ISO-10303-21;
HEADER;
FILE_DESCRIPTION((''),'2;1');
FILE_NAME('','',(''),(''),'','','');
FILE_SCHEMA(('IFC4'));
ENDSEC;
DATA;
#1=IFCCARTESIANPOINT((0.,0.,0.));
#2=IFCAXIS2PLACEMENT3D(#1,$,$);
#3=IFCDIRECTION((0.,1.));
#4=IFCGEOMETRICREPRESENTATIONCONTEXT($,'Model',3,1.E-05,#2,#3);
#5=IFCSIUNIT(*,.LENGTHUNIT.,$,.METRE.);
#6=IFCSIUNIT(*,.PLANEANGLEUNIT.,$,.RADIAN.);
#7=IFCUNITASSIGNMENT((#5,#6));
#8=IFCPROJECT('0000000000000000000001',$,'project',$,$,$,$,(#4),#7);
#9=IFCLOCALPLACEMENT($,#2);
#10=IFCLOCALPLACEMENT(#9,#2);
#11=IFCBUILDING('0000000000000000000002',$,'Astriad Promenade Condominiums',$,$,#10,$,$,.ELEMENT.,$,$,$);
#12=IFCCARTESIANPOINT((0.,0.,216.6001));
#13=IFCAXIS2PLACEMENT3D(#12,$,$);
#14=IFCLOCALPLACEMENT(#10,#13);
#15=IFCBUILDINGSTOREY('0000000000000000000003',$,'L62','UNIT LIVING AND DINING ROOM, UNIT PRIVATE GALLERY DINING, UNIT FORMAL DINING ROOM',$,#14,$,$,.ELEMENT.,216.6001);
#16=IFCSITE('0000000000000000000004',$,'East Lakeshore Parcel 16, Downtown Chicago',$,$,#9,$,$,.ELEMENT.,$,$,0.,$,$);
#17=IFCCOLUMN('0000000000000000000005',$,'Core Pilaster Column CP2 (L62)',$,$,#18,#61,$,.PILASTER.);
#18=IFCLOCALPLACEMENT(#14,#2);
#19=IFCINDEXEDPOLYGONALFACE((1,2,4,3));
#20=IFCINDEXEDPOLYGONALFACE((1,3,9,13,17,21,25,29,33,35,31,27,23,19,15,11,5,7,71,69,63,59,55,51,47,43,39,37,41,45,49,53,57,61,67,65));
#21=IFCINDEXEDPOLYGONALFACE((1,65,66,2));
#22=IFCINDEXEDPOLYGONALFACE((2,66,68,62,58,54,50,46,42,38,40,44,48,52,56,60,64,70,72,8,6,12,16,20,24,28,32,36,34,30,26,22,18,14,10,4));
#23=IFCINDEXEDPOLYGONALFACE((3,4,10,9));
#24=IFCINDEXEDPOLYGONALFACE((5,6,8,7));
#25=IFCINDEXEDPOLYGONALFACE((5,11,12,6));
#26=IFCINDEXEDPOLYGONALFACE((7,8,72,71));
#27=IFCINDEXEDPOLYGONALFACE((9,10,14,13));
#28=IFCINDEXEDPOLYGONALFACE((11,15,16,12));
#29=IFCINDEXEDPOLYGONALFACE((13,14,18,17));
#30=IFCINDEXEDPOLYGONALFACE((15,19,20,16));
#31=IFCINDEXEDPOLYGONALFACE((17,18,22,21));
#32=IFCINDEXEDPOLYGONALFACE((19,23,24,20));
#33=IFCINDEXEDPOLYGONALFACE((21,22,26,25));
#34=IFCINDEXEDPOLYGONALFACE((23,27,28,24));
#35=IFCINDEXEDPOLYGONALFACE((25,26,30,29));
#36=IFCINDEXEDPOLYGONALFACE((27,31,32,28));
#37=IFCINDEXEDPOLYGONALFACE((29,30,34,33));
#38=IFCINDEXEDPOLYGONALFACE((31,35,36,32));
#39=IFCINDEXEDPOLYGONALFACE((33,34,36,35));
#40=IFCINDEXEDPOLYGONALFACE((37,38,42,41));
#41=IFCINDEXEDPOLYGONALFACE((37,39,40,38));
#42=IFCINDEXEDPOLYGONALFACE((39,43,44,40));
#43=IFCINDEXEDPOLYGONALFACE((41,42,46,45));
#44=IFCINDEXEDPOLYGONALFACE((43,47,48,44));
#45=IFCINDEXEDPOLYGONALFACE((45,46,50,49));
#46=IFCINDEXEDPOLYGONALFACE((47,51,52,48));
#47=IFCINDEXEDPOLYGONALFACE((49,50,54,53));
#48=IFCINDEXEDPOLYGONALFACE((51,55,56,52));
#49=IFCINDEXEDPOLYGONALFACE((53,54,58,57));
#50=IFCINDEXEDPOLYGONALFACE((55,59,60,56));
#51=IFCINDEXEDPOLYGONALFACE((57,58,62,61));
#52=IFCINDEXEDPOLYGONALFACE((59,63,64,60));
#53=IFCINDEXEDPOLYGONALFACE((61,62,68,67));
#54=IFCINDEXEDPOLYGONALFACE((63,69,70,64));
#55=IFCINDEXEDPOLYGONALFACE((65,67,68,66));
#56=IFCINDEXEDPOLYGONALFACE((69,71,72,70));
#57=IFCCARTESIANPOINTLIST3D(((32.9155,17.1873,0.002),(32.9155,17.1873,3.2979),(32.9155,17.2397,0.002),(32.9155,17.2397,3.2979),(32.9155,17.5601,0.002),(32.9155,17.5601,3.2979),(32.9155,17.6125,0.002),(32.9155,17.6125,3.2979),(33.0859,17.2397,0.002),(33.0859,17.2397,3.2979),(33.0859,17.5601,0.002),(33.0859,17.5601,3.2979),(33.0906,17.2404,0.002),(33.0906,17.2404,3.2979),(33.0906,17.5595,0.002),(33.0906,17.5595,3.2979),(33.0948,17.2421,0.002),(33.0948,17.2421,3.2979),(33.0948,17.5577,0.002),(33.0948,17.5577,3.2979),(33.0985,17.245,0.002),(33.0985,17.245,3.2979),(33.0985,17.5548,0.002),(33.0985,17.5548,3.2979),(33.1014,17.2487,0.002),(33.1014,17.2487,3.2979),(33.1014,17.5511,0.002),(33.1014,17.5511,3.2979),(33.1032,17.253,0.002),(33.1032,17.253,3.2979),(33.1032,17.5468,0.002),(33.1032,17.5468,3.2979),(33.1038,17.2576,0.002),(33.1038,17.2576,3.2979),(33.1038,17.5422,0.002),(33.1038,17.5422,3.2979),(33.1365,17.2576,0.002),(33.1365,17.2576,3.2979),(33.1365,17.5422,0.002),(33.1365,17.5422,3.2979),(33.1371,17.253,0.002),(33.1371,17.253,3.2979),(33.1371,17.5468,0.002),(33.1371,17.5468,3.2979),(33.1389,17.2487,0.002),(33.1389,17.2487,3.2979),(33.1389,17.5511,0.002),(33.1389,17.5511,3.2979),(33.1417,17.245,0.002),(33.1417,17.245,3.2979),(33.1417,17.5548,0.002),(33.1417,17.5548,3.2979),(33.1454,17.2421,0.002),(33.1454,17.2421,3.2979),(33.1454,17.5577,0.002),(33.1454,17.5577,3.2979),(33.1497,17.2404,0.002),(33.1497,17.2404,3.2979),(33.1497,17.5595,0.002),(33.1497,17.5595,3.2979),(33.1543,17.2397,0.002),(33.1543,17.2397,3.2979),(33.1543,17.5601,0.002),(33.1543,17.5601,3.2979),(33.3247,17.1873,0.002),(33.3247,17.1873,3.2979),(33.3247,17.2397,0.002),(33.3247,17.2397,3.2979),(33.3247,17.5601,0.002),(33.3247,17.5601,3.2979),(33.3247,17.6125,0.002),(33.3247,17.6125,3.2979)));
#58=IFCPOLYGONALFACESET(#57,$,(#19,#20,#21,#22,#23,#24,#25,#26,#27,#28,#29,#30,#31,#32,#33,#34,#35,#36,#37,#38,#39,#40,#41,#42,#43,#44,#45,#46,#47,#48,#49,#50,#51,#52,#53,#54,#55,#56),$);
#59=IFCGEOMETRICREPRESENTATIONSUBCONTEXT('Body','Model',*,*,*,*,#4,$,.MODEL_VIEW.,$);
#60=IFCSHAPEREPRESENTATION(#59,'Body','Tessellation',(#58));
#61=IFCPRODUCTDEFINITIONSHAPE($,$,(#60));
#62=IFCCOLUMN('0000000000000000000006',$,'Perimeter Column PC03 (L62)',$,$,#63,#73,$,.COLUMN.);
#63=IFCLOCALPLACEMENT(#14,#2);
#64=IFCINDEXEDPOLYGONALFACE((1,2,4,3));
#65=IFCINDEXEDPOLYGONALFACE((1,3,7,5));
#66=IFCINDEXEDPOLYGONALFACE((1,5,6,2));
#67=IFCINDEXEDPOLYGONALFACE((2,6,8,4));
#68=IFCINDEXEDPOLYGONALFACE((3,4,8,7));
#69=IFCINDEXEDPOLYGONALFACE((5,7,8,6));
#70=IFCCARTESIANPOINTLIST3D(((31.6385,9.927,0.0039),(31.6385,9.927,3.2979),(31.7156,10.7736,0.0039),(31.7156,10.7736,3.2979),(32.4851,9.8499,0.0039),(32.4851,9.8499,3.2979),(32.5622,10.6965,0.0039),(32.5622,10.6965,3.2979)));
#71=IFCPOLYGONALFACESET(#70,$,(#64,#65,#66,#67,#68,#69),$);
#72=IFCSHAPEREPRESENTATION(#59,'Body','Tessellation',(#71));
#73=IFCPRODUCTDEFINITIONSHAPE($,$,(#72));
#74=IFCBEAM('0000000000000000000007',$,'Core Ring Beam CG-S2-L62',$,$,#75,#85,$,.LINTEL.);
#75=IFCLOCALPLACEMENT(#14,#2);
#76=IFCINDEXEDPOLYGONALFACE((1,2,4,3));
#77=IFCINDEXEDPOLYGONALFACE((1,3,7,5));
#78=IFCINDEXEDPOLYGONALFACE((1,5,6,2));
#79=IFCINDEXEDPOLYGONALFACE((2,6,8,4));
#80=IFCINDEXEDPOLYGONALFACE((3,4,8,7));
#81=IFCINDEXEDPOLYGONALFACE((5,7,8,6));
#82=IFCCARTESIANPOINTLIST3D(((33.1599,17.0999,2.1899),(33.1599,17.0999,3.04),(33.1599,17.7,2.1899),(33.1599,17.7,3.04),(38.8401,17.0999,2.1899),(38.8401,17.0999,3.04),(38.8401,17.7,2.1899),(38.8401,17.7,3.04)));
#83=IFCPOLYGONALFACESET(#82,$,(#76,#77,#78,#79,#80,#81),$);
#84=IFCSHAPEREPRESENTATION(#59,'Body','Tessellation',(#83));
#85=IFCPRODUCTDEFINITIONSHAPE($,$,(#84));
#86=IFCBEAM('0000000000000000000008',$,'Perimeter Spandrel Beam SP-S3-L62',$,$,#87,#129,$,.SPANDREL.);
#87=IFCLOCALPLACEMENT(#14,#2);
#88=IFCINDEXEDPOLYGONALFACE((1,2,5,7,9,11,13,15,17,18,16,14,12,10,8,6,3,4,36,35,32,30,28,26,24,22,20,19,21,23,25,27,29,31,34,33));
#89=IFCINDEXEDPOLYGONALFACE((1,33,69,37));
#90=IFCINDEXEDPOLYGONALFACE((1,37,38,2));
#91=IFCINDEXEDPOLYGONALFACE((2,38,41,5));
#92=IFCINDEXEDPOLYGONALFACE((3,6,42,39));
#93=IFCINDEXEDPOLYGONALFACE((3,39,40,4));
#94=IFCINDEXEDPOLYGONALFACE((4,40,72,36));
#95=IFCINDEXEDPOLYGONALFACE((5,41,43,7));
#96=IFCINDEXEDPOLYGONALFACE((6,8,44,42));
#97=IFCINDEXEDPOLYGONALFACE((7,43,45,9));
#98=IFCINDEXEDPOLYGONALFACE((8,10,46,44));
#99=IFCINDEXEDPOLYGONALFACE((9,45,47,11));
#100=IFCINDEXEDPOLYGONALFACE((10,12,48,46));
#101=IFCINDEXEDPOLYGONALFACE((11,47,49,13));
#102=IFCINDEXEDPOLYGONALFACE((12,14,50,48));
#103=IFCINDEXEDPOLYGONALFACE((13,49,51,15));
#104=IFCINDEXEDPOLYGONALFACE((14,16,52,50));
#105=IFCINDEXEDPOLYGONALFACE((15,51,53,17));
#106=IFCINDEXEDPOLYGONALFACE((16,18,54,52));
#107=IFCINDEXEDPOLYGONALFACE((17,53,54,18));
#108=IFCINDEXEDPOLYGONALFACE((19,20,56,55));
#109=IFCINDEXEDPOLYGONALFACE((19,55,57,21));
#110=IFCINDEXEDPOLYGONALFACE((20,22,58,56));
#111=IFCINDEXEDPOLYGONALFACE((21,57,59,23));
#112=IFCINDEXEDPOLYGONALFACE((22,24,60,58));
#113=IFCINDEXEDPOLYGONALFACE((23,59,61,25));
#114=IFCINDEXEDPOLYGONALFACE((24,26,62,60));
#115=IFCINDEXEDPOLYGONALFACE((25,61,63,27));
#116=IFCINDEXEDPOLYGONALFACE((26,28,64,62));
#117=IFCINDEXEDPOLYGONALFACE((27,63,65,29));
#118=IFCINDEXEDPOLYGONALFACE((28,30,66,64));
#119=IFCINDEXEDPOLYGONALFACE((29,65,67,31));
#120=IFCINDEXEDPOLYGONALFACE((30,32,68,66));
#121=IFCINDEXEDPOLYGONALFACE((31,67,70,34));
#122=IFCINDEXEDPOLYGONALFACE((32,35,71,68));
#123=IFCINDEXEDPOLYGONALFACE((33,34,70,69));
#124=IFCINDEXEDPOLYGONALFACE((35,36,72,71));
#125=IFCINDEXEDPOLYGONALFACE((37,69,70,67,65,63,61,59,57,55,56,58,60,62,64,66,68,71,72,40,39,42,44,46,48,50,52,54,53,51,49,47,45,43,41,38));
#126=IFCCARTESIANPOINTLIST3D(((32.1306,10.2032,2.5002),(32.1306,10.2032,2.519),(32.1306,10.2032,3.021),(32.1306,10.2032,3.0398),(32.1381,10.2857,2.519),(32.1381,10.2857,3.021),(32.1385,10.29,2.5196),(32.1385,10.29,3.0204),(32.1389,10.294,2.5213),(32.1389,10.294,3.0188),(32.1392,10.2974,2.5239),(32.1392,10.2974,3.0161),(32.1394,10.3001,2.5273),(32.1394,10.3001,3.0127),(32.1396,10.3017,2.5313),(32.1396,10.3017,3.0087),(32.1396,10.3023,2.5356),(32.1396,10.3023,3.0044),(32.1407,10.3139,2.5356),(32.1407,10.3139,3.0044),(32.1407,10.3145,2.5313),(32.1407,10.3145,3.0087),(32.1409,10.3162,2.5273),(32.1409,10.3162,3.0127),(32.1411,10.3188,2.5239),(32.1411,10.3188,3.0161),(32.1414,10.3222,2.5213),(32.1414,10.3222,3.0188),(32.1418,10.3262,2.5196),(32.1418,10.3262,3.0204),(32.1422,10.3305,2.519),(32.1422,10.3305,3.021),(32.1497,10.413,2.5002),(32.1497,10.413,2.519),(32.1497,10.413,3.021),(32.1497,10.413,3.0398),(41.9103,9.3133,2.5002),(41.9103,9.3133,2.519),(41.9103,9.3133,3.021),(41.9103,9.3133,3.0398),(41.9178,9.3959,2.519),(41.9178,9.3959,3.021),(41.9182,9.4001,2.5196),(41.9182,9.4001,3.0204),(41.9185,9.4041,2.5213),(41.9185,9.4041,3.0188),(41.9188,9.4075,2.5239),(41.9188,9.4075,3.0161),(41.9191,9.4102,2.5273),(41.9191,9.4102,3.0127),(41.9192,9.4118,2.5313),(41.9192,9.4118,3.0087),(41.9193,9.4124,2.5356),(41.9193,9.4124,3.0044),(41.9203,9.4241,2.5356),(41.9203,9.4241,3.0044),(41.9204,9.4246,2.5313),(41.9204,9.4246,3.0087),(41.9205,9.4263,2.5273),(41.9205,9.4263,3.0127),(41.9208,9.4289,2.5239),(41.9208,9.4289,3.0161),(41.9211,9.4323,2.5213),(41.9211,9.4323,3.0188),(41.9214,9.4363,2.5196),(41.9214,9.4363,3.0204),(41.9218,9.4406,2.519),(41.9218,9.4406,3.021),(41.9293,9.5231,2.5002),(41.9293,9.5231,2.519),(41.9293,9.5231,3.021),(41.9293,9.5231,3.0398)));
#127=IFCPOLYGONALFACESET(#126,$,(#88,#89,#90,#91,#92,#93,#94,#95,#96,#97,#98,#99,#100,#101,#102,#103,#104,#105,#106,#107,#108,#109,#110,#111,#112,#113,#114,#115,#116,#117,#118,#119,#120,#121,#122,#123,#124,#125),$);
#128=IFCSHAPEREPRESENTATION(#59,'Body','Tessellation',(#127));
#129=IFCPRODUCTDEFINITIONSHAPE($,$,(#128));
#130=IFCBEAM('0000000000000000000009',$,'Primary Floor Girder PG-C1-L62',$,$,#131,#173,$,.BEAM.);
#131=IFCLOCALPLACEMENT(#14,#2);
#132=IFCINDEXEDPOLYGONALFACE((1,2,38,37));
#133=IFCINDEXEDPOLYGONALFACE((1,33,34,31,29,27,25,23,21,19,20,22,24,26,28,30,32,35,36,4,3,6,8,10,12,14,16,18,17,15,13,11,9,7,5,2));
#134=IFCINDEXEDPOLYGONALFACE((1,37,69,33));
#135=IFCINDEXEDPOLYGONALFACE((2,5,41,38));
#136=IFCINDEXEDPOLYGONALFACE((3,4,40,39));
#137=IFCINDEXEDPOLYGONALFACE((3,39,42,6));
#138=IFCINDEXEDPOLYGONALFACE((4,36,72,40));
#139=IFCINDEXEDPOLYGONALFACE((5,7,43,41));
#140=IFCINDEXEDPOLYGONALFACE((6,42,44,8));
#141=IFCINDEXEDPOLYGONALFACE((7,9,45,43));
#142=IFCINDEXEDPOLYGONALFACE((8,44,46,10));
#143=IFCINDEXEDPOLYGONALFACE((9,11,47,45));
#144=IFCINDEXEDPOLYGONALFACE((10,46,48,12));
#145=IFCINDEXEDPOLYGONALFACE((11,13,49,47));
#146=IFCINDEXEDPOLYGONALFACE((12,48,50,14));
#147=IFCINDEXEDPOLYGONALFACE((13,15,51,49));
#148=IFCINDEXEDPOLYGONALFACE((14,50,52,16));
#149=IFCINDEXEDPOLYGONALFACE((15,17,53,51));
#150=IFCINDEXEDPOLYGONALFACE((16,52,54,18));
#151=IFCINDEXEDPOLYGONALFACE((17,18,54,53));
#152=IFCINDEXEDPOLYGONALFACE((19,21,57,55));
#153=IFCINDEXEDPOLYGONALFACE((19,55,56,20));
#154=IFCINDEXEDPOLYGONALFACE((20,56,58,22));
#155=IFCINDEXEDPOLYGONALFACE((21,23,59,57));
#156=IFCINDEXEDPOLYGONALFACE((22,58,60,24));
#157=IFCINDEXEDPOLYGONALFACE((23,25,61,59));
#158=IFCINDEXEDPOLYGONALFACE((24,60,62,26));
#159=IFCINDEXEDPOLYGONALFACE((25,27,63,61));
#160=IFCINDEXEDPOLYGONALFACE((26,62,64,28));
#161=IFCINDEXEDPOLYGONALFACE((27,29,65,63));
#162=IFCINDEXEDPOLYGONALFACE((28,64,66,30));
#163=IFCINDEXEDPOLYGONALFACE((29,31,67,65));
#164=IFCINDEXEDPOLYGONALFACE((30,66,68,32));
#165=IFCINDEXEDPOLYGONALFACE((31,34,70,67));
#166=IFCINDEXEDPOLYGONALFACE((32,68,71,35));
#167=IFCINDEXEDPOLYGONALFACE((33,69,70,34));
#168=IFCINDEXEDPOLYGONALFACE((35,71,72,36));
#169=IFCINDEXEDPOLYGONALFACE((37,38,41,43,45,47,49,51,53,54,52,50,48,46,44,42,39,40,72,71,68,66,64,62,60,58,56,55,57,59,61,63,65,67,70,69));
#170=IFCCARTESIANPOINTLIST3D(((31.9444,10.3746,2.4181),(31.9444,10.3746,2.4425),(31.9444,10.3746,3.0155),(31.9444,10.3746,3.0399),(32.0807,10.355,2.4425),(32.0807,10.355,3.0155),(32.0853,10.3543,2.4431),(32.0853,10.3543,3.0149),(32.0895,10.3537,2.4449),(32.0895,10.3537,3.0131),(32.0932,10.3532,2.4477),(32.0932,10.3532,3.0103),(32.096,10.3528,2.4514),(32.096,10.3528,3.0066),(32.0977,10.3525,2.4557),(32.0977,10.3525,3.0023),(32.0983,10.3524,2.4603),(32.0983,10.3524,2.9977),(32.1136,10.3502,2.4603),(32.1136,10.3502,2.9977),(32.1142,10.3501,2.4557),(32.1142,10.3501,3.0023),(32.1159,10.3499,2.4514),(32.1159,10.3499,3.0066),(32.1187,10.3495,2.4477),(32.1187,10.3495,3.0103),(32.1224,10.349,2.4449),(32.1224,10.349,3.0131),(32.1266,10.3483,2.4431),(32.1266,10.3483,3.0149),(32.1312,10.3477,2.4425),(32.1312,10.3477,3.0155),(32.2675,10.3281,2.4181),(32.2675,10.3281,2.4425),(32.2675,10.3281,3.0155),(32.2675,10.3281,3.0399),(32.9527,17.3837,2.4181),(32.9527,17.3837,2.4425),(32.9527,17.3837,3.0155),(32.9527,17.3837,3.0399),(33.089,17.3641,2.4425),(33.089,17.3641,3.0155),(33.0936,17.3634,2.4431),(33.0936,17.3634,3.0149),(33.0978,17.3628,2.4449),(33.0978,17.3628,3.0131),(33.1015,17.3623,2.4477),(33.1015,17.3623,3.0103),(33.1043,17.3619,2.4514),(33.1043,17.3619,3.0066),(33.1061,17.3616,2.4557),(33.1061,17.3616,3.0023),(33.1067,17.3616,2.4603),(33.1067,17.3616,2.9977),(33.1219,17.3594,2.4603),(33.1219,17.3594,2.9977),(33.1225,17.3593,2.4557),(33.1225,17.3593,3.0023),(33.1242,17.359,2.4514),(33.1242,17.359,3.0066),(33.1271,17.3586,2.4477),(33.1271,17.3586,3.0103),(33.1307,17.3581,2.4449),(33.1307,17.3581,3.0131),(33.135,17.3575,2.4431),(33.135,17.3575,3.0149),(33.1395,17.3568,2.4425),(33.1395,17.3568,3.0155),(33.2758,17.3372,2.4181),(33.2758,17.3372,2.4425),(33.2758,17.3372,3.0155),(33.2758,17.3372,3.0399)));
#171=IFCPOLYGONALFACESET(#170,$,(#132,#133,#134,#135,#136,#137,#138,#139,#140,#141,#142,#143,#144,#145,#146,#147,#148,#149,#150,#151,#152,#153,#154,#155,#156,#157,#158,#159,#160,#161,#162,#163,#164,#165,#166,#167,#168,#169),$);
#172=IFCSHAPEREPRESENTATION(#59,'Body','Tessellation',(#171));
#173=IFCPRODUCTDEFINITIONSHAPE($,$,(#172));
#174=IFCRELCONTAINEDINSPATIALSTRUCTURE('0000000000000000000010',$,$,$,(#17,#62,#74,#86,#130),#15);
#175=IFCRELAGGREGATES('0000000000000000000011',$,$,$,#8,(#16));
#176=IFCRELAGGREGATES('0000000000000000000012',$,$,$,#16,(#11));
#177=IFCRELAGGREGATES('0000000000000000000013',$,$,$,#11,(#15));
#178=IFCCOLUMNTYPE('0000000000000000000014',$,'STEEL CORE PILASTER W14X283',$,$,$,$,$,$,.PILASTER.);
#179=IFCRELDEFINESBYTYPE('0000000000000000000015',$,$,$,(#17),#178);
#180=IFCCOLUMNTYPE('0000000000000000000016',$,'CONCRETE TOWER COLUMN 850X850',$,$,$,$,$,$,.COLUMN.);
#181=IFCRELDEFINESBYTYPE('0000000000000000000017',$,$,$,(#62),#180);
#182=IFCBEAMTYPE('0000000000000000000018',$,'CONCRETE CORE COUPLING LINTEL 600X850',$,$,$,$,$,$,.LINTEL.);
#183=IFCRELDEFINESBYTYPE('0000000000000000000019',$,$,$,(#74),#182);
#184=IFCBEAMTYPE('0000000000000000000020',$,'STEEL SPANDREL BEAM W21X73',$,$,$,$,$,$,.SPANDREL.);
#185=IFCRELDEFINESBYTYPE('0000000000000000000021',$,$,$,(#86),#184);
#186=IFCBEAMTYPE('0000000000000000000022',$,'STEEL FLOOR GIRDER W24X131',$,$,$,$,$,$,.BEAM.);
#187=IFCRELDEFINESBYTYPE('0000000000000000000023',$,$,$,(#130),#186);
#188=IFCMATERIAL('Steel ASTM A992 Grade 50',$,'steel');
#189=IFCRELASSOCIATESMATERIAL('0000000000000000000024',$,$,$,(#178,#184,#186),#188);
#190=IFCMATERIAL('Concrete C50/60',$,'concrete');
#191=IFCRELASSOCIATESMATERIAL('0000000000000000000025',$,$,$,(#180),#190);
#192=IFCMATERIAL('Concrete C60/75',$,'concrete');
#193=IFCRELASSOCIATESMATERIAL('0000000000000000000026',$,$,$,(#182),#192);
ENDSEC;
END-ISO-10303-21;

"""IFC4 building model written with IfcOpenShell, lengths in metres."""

from ifc_helpers import new_model, si_unit, direction, frame, origin, origin_2d, place, context, subcontext, project, spatial, rectangle, i_section, extrude, source, transform, mapped, material, material_profile, profile_set, type_object, type_shapes, element, save


model = new_model("IFC4")

# Units and contexts
model_context = context("Model", 3, precision=1e-05, world=origin(), true_north=direction((0.0, 1.0)))
body_context = subcontext(model_context, "Body", "Model", "MODEL_VIEW")
ifc_project = project(units=[si_unit("LENGTHUNIT", "METRE"), si_unit("PLANEANGLEUNIT", "RADIAN")], contexts=[model_context])

# Site, building, storey
site_placement = place(None, origin())
site = spatial("IfcSite", under=ifc_project, at=site_placement, Name="East Lakeshore Parcel 16, Downtown Chicago", CompositionType="ELEMENT", RefElevation=0.0)
building_placement = place(site_placement, origin())
building = spatial("IfcBuilding", under=site, at=building_placement, Name="Astriad Promenade Condominiums", CompositionType="ELEMENT")
storey_placement = place(building_placement, frame((0.0, 0.0, 216.6001)))
storey = spatial("IfcBuildingStorey", under=building, at=storey_placement, Name="L62", Description="UNIT LIVING AND DINING ROOM, UNIT PRIVATE GALLERY DINING, UNIT FORMAL DINING ROOM", CompositionType="ELEMENT", Elevation=216.6001)

# Columns
ifc_material_1 = material(Name="Steel ASTM A992 Grade 50", Category="steel")
ifc_material_profile_1 = material_profile(ifc_material_1, i_section(OverallWidth=0.4092, OverallDepth=0.4253, WebThickness=0.0327, FlangeThickness=0.0525, FilletRadius=0.0178, at=origin_2d()), Name="W14X283")
ifc_profile_set_1 = profile_set([ifc_material_profile_1], Name="Steel ASTM A992 Grade 50")
column_type_1 = type_object("IfcColumnType", Name="STEEL CORE PILASTER W14X283", PredefinedType="PILASTER", material=ifc_profile_set_1)
shared_shape_1 = source(origin(), body_context, "Body", "SweptSolid", [
    extrude(i_section(OverallWidth=0.4092, OverallDepth=0.4253, WebThickness=0.0327, FlangeThickness=0.0525, FilletRadius=0.0178, at=origin_2d()), origin(), (0.0, 0.0, 1.0), 3.2959),
])
type_shapes(column_type_1, [shared_shape_1])
column_1_placement = place(storey_placement, frame((33.1201, 17.3999, 0.002), z_axis=(0.0, 0.0, 1.0), x_axis=(1.0, 0.0, 0.0)))
element("IfcColumn", 1, at=column_1_placement, inside=storey, type_object=column_type_1, Name="Core Pilaster Column CP2 (L62)", PredefinedType="PILASTER", context=body_context, shape_type="MappedRepresentation", body=[
    mapped(shared_shape_1, transform((0.0, 0.0, 0.0), scale=1.0)),
])
ifc_material_2 = material(Name="Concrete C50/60", Category="concrete")
ifc_material_profile_2 = material_profile(ifc_material_2, rectangle(XDim=0.8501, YDim=0.8501, at=origin_2d()), Name="RC-COL-850X850")
ifc_profile_set_2 = profile_set([ifc_material_profile_2], Name="Concrete C50/60")
column_type_2 = type_object("IfcColumnType", Name="CONCRETE TOWER COLUMN 850X850", PredefinedType="COLUMN", material=ifc_profile_set_2)
shared_shape_2 = source(origin(), body_context, "Body", "SweptSolid", [
    extrude(rectangle(XDim=0.8501, YDim=0.8501, at=origin_2d()), origin(), (0.0, 0.0, 1.0), 3.2939),
])
type_shapes(column_type_2, [shared_shape_2])
column_2_placement = place(storey_placement, frame((32.1003, 10.3118, 0.0039), z_axis=(0.0, 0.0, 1.0), x_axis=(0.995884, -0.090633, 0.0)))
element("IfcColumn", 2, at=column_2_placement, inside=storey, type_object=column_type_2, Name="Perimeter Column PC03 (L62)", PredefinedType="COLUMN", context=body_context, shape_type="MappedRepresentation", body=[
    mapped(shared_shape_2, transform((0.0, 0.0, 0.0), scale=1.0)),
])

# Beams
ifc_material_3 = material(Name="Concrete C60/75", Category="concrete")
ifc_material_profile_3 = material_profile(ifc_material_3, rectangle(XDim=0.6001, YDim=0.8501, at=origin_2d()), Name="RC-BM-600X850")
ifc_profile_set_3 = profile_set([ifc_material_profile_3], Name="Concrete C60/75")
beam_type_1 = type_object("IfcBeamType", Name="CONCRETE CORE COUPLING LINTEL 600X850", PredefinedType="LINTEL", material=ifc_profile_set_3)
shared_shape_3 = source(origin(), body_context, "Body", "SweptSolid", [
    extrude(rectangle(XDim=0.6001, YDim=0.8501, at=origin_2d()), origin(), (0.0, 0.0, 1.0), 5.6802),
])
type_shapes(beam_type_1, [shared_shape_3])
beam_1_placement = place(storey_placement, frame((33.1599, 17.3999, 2.615), z_axis=(1.0, 0.0, 0.0), x_axis=(0.0, 1.0, 0.0)))
element("IfcBeam", 3, at=beam_1_placement, inside=storey, type_object=beam_type_1, Name="Core Ring Beam CG-S2-L62", PredefinedType="LINTEL", context=body_context, shape_type="MappedRepresentation", body=[
    mapped(shared_shape_3, transform((0.0, 0.0, 0.0), scale=1.0)),
])
ifc_material_profile_4 = material_profile(ifc_material_1, i_section(OverallWidth=0.2107, OverallDepth=0.5396, WebThickness=0.0117, FlangeThickness=0.0188, FilletRadius=0.0166, at=origin_2d()), Name="W21X73")
ifc_profile_set_4 = profile_set([ifc_material_profile_4], Name="Steel ASTM A992 Grade 50")
beam_type_2 = type_object("IfcBeamType", Name="STEEL SPANDREL BEAM W21X73", PredefinedType="SPANDREL", material=ifc_profile_set_4)
shared_shape_4 = source(origin(), body_context, "Body", "SweptSolid", [
    extrude(i_section(OverallWidth=0.2107, OverallDepth=0.5396, WebThickness=0.0117, FlangeThickness=0.0188, FilletRadius=0.0166, at=origin_2d()), origin(), (0.0, 0.0, 1.0), 9.8201),
])
type_shapes(beam_type_2, [shared_shape_4])
beam_2_placement = place(storey_placement, frame((32.1401, 10.3081, 2.77), z_axis=(0.995886, -0.090619, 0.0), x_axis=(0.090619, 0.995886, 0.0)))
element("IfcBeam", 4, at=beam_2_placement, inside=storey, type_object=beam_type_2, Name="Perimeter Spandrel Beam SP-S3-L62", PredefinedType="SPANDREL", context=body_context, shape_type="MappedRepresentation", body=[
    mapped(shared_shape_4, transform((0.0, 0.0, 0.0), scale=1.0)),
])
ifc_material_profile_5 = material_profile(ifc_material_1, i_section(OverallWidth=0.3264, OverallDepth=0.6218, WebThickness=0.0154, FlangeThickness=0.0244, FilletRadius=0.0178, at=origin_2d()), Name="W24X131")
ifc_profile_set_5 = profile_set([ifc_material_profile_5], Name="Steel ASTM A992 Grade 50")
beam_type_3 = type_object("IfcBeamType", Name="STEEL FLOOR GIRDER W24X131", PredefinedType="BEAM", material=ifc_profile_set_5)
shared_shape_5 = source(origin(), body_context, "Body", "SweptSolid", [
    extrude(i_section(OverallWidth=0.3264, OverallDepth=0.6218, WebThickness=0.0154, FlangeThickness=0.0244, FilletRadius=0.0178, at=origin_2d()), origin(), (0.0, 0.0, 1.0), 7.0813),
])
beam_3_placement = place(storey_placement, frame((32.106, 10.3513, 2.729), z_axis=(0.142391, 0.98981, 0.0), x_axis=(-0.98981, 0.142391, 0.0)))
element("IfcBeam", 5, at=beam_3_placement, inside=storey, type_object=beam_type_3, Name="Primary Floor Girder PG-C1-L62", PredefinedType="BEAM", context=body_context, shape_type="MappedRepresentation", body=[
    mapped(shared_shape_5, transform((0.0, 0.0, 0.0), scale=1.0)),
])

save(model, "model.ifc")
